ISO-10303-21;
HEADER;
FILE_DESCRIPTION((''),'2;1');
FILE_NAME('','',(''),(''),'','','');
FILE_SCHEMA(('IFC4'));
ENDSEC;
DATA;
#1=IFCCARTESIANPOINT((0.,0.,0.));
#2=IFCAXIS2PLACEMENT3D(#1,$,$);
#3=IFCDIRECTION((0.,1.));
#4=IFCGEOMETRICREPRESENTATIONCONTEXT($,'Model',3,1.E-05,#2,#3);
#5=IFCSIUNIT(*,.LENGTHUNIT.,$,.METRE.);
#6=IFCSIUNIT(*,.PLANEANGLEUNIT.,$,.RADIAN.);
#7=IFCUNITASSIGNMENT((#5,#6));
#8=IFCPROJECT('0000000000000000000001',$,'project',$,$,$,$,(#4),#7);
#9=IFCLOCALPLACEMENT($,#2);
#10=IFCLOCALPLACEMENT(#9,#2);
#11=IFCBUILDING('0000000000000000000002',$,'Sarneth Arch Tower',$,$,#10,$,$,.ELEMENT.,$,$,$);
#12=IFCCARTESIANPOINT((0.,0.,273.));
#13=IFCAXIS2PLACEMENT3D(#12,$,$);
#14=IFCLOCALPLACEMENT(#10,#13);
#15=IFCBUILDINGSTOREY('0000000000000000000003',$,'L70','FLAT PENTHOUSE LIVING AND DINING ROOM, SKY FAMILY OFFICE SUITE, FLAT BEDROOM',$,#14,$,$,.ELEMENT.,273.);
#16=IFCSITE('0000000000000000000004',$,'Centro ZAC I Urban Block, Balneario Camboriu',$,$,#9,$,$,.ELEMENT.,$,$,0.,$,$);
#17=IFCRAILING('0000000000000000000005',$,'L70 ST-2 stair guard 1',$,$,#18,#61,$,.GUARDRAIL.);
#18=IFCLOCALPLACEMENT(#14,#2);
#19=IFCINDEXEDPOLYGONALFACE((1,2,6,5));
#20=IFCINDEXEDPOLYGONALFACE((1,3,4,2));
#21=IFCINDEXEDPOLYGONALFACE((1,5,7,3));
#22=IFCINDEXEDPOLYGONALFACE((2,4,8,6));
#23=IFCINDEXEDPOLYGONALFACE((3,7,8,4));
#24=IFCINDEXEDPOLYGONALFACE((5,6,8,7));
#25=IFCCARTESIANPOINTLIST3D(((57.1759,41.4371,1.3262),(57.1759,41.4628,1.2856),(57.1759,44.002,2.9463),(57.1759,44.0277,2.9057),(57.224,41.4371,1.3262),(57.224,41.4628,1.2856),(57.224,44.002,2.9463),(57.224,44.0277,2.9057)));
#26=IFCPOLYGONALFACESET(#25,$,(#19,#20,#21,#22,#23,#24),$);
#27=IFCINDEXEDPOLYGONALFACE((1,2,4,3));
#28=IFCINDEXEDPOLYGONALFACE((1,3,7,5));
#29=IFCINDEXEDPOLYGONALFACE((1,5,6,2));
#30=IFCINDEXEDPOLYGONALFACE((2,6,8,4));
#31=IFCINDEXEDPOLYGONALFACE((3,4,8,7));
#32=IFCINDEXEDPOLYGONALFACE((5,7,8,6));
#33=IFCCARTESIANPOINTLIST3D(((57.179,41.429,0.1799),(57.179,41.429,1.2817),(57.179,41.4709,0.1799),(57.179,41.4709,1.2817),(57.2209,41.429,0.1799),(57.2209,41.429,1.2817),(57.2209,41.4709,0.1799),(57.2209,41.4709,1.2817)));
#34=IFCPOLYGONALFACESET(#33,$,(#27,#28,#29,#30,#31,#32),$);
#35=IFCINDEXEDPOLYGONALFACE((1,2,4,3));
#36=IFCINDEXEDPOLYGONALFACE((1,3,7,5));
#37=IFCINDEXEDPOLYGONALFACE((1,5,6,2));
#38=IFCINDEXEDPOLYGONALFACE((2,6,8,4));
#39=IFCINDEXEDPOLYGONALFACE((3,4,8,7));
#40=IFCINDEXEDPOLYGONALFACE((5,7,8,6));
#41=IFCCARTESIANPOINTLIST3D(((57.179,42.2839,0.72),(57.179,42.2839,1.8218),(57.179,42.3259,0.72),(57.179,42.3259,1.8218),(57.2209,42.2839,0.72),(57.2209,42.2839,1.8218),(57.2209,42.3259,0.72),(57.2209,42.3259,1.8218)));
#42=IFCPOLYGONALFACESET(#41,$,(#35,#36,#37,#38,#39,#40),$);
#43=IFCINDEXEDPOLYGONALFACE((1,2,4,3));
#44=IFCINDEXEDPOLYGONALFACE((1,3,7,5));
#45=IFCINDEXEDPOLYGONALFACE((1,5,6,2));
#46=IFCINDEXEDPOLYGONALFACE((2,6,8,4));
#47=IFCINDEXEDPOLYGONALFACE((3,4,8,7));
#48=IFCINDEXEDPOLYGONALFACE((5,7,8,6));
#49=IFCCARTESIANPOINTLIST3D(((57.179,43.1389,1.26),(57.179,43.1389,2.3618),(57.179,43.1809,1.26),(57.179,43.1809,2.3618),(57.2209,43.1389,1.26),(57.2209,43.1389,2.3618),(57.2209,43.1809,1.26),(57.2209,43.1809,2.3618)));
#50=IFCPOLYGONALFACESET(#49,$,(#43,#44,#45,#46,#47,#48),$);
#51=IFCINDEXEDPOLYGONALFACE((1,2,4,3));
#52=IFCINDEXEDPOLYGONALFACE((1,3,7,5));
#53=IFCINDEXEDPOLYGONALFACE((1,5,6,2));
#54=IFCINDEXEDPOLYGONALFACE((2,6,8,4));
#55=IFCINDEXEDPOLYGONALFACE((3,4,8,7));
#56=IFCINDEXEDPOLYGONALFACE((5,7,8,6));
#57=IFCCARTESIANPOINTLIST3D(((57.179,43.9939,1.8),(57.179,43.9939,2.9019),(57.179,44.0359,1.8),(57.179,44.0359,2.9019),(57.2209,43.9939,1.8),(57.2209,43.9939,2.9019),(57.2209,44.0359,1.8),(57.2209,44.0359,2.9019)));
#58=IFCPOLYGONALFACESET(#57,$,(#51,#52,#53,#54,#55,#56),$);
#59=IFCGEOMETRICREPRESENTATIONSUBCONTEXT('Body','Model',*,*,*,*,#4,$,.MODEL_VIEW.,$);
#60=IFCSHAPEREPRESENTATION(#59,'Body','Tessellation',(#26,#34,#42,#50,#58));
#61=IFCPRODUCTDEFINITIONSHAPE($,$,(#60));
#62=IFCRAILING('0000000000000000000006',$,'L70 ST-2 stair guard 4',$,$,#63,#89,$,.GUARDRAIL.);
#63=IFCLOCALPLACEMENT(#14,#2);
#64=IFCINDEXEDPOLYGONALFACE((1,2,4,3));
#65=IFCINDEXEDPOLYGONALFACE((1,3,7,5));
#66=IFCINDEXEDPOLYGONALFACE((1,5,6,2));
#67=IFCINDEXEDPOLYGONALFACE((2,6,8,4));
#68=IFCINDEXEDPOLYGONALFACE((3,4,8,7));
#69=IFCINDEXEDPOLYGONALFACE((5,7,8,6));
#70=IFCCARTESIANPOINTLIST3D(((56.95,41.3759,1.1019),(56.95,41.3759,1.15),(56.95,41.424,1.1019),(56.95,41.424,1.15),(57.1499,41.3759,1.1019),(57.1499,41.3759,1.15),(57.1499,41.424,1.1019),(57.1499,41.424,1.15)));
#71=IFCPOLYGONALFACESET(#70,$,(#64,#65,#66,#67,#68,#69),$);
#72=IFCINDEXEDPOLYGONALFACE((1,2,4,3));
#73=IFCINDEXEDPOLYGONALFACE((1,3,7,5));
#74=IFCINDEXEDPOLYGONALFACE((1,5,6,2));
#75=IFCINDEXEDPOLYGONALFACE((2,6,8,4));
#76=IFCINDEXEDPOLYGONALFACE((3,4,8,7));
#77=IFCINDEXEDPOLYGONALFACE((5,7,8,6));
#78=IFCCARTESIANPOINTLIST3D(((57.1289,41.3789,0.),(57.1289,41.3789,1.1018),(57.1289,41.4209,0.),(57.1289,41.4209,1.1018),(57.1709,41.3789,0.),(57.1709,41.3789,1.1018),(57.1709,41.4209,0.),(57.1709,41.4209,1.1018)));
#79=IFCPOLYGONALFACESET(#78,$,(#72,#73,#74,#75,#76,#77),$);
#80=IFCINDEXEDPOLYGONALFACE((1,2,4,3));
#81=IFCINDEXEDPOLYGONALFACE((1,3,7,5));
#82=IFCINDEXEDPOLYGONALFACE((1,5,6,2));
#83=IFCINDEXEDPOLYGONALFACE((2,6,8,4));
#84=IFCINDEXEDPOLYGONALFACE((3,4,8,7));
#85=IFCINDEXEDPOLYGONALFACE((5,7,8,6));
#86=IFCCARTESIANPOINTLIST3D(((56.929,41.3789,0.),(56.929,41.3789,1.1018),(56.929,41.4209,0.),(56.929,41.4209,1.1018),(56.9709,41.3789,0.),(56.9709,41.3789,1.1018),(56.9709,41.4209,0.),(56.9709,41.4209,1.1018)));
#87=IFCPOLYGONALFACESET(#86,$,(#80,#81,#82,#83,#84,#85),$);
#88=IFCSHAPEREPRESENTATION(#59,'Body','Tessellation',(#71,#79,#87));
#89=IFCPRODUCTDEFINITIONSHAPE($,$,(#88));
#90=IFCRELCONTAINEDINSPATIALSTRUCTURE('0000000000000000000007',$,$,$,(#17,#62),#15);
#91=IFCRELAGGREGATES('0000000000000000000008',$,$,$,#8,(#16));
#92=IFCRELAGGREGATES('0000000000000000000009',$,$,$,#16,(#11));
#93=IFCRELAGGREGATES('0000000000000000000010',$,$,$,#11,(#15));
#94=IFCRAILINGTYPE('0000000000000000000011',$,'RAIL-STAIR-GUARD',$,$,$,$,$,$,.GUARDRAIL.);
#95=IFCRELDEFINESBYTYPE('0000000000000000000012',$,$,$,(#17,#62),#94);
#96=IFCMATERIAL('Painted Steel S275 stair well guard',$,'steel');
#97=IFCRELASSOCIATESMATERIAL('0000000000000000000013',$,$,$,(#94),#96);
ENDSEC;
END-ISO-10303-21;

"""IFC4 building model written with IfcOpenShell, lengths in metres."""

from ifc_helpers import new_model, si_unit, direction, frame, origin, origin_2d, place, context, subcontext, project, spatial, rectangle, extrude, material, type_object, element, save


model = new_model("IFC4")

# Units and contexts
model_context = context("Model", 3, precision=1e-05, world=origin(), true_north=direction((0.0, 1.0)))
body_context = subcontext(model_context, "Body", "Model", "MODEL_VIEW")
ifc_project = project(units=[si_unit("LENGTHUNIT", "METRE"), si_unit("PLANEANGLEUNIT", "RADIAN")], contexts=[model_context])

# Site, building, storey
site_placement = place(None, origin())
site = spatial("IfcSite", under=ifc_project, at=site_placement, Name="Centro ZAC I Urban Block, Balneario Camboriu", CompositionType="ELEMENT", RefElevation=0.0)
building_placement = place(site_placement, origin())
building = spatial("IfcBuilding", under=site, at=building_placement, Name="Sarneth Arch Tower", CompositionType="ELEMENT")
storey_placement = place(building_placement, frame((0.0, 0.0, 273.0)))
storey = spatial("IfcBuildingStorey", under=building, at=storey_placement, Name="L70", Description="FLAT PENTHOUSE LIVING AND DINING ROOM, SKY FAMILY OFFICE SUITE, FLAT BEDROOM", CompositionType="ELEMENT", Elevation=273.0)

# Railings
ifc_material_1 = material(Name="Painted Steel S275 stair well guard", Category="steel")
railing_type_1 = type_object("IfcRailingType", Name="RAIL-STAIR-GUARD", PredefinedType="GUARDRAIL", material=ifc_material_1)
railing_1_placement = place(storey_placement, frame((57.2, 41.45, 0.1799)))
element("IfcRailing", 1, at=railing_1_placement, inside=storey, type_object=railing_type_1, Name="L70 ST-2 stair guard 1", PredefinedType="GUARDRAIL", context=body_context, shape_type="SweptSolid", body=[
    extrude(rectangle(XDim=0.0481, YDim=0.0481, at=origin_2d()), frame((0.0, 0.0, 1.126), z_axis=(0.0, 0.845466, 0.534029), x_axis=(-1.0, 0.0, 0.0)), (0.0, 0.0, 1.0), 3.0337),
    extrude(rectangle(XDim=0.042, YDim=0.042, at=origin_2d()), origin(), (0.0, 0.0, 1.0), 1.1018),
    extrude(rectangle(XDim=0.042, YDim=0.042, at=origin_2d()), frame((0.0, 0.855, 0.54)), (0.0, 0.0, 1.0), 1.1018),
    extrude(rectangle(XDim=0.042, YDim=0.042, at=origin_2d()), frame((0.0, 1.71, 1.0801)), (0.0, 0.0, 1.0), 1.1018),
    extrude(rectangle(XDim=0.042, YDim=0.042, at=origin_2d()), frame((0.0, 2.5649, 1.6201)), (0.0, 0.0, 1.0), 1.1018),
])
railing_2_placement = place(storey_placement, frame((57.1499, 41.3999, 0.0)))
element("IfcRailing", 2, at=railing_2_placement, inside=storey, type_object=railing_type_1, Name="L70 ST-2 stair guard 4", PredefinedType="GUARDRAIL", context=body_context, shape_type="SweptSolid", body=[
    extrude(rectangle(XDim=0.0481, YDim=0.0481, at=origin_2d()), frame((0.0, 0.0, 1.126), z_axis=(-1.0, 0.0, 0.0), x_axis=(0.0, -1.0, 0.0)), (0.0, 0.0, 1.0), 0.2),
    extrude(rectangle(XDim=0.042, YDim=0.042, at=origin_2d()), origin(), (0.0, 0.0, 1.0), 1.1018),
    extrude(rectangle(XDim=0.042, YDim=0.042, at=origin_2d()), frame((-0.2, 0.0, 0.0)), (0.0, 0.0, 1.0), 1.1018),
])

save(model, "model.ifc")
